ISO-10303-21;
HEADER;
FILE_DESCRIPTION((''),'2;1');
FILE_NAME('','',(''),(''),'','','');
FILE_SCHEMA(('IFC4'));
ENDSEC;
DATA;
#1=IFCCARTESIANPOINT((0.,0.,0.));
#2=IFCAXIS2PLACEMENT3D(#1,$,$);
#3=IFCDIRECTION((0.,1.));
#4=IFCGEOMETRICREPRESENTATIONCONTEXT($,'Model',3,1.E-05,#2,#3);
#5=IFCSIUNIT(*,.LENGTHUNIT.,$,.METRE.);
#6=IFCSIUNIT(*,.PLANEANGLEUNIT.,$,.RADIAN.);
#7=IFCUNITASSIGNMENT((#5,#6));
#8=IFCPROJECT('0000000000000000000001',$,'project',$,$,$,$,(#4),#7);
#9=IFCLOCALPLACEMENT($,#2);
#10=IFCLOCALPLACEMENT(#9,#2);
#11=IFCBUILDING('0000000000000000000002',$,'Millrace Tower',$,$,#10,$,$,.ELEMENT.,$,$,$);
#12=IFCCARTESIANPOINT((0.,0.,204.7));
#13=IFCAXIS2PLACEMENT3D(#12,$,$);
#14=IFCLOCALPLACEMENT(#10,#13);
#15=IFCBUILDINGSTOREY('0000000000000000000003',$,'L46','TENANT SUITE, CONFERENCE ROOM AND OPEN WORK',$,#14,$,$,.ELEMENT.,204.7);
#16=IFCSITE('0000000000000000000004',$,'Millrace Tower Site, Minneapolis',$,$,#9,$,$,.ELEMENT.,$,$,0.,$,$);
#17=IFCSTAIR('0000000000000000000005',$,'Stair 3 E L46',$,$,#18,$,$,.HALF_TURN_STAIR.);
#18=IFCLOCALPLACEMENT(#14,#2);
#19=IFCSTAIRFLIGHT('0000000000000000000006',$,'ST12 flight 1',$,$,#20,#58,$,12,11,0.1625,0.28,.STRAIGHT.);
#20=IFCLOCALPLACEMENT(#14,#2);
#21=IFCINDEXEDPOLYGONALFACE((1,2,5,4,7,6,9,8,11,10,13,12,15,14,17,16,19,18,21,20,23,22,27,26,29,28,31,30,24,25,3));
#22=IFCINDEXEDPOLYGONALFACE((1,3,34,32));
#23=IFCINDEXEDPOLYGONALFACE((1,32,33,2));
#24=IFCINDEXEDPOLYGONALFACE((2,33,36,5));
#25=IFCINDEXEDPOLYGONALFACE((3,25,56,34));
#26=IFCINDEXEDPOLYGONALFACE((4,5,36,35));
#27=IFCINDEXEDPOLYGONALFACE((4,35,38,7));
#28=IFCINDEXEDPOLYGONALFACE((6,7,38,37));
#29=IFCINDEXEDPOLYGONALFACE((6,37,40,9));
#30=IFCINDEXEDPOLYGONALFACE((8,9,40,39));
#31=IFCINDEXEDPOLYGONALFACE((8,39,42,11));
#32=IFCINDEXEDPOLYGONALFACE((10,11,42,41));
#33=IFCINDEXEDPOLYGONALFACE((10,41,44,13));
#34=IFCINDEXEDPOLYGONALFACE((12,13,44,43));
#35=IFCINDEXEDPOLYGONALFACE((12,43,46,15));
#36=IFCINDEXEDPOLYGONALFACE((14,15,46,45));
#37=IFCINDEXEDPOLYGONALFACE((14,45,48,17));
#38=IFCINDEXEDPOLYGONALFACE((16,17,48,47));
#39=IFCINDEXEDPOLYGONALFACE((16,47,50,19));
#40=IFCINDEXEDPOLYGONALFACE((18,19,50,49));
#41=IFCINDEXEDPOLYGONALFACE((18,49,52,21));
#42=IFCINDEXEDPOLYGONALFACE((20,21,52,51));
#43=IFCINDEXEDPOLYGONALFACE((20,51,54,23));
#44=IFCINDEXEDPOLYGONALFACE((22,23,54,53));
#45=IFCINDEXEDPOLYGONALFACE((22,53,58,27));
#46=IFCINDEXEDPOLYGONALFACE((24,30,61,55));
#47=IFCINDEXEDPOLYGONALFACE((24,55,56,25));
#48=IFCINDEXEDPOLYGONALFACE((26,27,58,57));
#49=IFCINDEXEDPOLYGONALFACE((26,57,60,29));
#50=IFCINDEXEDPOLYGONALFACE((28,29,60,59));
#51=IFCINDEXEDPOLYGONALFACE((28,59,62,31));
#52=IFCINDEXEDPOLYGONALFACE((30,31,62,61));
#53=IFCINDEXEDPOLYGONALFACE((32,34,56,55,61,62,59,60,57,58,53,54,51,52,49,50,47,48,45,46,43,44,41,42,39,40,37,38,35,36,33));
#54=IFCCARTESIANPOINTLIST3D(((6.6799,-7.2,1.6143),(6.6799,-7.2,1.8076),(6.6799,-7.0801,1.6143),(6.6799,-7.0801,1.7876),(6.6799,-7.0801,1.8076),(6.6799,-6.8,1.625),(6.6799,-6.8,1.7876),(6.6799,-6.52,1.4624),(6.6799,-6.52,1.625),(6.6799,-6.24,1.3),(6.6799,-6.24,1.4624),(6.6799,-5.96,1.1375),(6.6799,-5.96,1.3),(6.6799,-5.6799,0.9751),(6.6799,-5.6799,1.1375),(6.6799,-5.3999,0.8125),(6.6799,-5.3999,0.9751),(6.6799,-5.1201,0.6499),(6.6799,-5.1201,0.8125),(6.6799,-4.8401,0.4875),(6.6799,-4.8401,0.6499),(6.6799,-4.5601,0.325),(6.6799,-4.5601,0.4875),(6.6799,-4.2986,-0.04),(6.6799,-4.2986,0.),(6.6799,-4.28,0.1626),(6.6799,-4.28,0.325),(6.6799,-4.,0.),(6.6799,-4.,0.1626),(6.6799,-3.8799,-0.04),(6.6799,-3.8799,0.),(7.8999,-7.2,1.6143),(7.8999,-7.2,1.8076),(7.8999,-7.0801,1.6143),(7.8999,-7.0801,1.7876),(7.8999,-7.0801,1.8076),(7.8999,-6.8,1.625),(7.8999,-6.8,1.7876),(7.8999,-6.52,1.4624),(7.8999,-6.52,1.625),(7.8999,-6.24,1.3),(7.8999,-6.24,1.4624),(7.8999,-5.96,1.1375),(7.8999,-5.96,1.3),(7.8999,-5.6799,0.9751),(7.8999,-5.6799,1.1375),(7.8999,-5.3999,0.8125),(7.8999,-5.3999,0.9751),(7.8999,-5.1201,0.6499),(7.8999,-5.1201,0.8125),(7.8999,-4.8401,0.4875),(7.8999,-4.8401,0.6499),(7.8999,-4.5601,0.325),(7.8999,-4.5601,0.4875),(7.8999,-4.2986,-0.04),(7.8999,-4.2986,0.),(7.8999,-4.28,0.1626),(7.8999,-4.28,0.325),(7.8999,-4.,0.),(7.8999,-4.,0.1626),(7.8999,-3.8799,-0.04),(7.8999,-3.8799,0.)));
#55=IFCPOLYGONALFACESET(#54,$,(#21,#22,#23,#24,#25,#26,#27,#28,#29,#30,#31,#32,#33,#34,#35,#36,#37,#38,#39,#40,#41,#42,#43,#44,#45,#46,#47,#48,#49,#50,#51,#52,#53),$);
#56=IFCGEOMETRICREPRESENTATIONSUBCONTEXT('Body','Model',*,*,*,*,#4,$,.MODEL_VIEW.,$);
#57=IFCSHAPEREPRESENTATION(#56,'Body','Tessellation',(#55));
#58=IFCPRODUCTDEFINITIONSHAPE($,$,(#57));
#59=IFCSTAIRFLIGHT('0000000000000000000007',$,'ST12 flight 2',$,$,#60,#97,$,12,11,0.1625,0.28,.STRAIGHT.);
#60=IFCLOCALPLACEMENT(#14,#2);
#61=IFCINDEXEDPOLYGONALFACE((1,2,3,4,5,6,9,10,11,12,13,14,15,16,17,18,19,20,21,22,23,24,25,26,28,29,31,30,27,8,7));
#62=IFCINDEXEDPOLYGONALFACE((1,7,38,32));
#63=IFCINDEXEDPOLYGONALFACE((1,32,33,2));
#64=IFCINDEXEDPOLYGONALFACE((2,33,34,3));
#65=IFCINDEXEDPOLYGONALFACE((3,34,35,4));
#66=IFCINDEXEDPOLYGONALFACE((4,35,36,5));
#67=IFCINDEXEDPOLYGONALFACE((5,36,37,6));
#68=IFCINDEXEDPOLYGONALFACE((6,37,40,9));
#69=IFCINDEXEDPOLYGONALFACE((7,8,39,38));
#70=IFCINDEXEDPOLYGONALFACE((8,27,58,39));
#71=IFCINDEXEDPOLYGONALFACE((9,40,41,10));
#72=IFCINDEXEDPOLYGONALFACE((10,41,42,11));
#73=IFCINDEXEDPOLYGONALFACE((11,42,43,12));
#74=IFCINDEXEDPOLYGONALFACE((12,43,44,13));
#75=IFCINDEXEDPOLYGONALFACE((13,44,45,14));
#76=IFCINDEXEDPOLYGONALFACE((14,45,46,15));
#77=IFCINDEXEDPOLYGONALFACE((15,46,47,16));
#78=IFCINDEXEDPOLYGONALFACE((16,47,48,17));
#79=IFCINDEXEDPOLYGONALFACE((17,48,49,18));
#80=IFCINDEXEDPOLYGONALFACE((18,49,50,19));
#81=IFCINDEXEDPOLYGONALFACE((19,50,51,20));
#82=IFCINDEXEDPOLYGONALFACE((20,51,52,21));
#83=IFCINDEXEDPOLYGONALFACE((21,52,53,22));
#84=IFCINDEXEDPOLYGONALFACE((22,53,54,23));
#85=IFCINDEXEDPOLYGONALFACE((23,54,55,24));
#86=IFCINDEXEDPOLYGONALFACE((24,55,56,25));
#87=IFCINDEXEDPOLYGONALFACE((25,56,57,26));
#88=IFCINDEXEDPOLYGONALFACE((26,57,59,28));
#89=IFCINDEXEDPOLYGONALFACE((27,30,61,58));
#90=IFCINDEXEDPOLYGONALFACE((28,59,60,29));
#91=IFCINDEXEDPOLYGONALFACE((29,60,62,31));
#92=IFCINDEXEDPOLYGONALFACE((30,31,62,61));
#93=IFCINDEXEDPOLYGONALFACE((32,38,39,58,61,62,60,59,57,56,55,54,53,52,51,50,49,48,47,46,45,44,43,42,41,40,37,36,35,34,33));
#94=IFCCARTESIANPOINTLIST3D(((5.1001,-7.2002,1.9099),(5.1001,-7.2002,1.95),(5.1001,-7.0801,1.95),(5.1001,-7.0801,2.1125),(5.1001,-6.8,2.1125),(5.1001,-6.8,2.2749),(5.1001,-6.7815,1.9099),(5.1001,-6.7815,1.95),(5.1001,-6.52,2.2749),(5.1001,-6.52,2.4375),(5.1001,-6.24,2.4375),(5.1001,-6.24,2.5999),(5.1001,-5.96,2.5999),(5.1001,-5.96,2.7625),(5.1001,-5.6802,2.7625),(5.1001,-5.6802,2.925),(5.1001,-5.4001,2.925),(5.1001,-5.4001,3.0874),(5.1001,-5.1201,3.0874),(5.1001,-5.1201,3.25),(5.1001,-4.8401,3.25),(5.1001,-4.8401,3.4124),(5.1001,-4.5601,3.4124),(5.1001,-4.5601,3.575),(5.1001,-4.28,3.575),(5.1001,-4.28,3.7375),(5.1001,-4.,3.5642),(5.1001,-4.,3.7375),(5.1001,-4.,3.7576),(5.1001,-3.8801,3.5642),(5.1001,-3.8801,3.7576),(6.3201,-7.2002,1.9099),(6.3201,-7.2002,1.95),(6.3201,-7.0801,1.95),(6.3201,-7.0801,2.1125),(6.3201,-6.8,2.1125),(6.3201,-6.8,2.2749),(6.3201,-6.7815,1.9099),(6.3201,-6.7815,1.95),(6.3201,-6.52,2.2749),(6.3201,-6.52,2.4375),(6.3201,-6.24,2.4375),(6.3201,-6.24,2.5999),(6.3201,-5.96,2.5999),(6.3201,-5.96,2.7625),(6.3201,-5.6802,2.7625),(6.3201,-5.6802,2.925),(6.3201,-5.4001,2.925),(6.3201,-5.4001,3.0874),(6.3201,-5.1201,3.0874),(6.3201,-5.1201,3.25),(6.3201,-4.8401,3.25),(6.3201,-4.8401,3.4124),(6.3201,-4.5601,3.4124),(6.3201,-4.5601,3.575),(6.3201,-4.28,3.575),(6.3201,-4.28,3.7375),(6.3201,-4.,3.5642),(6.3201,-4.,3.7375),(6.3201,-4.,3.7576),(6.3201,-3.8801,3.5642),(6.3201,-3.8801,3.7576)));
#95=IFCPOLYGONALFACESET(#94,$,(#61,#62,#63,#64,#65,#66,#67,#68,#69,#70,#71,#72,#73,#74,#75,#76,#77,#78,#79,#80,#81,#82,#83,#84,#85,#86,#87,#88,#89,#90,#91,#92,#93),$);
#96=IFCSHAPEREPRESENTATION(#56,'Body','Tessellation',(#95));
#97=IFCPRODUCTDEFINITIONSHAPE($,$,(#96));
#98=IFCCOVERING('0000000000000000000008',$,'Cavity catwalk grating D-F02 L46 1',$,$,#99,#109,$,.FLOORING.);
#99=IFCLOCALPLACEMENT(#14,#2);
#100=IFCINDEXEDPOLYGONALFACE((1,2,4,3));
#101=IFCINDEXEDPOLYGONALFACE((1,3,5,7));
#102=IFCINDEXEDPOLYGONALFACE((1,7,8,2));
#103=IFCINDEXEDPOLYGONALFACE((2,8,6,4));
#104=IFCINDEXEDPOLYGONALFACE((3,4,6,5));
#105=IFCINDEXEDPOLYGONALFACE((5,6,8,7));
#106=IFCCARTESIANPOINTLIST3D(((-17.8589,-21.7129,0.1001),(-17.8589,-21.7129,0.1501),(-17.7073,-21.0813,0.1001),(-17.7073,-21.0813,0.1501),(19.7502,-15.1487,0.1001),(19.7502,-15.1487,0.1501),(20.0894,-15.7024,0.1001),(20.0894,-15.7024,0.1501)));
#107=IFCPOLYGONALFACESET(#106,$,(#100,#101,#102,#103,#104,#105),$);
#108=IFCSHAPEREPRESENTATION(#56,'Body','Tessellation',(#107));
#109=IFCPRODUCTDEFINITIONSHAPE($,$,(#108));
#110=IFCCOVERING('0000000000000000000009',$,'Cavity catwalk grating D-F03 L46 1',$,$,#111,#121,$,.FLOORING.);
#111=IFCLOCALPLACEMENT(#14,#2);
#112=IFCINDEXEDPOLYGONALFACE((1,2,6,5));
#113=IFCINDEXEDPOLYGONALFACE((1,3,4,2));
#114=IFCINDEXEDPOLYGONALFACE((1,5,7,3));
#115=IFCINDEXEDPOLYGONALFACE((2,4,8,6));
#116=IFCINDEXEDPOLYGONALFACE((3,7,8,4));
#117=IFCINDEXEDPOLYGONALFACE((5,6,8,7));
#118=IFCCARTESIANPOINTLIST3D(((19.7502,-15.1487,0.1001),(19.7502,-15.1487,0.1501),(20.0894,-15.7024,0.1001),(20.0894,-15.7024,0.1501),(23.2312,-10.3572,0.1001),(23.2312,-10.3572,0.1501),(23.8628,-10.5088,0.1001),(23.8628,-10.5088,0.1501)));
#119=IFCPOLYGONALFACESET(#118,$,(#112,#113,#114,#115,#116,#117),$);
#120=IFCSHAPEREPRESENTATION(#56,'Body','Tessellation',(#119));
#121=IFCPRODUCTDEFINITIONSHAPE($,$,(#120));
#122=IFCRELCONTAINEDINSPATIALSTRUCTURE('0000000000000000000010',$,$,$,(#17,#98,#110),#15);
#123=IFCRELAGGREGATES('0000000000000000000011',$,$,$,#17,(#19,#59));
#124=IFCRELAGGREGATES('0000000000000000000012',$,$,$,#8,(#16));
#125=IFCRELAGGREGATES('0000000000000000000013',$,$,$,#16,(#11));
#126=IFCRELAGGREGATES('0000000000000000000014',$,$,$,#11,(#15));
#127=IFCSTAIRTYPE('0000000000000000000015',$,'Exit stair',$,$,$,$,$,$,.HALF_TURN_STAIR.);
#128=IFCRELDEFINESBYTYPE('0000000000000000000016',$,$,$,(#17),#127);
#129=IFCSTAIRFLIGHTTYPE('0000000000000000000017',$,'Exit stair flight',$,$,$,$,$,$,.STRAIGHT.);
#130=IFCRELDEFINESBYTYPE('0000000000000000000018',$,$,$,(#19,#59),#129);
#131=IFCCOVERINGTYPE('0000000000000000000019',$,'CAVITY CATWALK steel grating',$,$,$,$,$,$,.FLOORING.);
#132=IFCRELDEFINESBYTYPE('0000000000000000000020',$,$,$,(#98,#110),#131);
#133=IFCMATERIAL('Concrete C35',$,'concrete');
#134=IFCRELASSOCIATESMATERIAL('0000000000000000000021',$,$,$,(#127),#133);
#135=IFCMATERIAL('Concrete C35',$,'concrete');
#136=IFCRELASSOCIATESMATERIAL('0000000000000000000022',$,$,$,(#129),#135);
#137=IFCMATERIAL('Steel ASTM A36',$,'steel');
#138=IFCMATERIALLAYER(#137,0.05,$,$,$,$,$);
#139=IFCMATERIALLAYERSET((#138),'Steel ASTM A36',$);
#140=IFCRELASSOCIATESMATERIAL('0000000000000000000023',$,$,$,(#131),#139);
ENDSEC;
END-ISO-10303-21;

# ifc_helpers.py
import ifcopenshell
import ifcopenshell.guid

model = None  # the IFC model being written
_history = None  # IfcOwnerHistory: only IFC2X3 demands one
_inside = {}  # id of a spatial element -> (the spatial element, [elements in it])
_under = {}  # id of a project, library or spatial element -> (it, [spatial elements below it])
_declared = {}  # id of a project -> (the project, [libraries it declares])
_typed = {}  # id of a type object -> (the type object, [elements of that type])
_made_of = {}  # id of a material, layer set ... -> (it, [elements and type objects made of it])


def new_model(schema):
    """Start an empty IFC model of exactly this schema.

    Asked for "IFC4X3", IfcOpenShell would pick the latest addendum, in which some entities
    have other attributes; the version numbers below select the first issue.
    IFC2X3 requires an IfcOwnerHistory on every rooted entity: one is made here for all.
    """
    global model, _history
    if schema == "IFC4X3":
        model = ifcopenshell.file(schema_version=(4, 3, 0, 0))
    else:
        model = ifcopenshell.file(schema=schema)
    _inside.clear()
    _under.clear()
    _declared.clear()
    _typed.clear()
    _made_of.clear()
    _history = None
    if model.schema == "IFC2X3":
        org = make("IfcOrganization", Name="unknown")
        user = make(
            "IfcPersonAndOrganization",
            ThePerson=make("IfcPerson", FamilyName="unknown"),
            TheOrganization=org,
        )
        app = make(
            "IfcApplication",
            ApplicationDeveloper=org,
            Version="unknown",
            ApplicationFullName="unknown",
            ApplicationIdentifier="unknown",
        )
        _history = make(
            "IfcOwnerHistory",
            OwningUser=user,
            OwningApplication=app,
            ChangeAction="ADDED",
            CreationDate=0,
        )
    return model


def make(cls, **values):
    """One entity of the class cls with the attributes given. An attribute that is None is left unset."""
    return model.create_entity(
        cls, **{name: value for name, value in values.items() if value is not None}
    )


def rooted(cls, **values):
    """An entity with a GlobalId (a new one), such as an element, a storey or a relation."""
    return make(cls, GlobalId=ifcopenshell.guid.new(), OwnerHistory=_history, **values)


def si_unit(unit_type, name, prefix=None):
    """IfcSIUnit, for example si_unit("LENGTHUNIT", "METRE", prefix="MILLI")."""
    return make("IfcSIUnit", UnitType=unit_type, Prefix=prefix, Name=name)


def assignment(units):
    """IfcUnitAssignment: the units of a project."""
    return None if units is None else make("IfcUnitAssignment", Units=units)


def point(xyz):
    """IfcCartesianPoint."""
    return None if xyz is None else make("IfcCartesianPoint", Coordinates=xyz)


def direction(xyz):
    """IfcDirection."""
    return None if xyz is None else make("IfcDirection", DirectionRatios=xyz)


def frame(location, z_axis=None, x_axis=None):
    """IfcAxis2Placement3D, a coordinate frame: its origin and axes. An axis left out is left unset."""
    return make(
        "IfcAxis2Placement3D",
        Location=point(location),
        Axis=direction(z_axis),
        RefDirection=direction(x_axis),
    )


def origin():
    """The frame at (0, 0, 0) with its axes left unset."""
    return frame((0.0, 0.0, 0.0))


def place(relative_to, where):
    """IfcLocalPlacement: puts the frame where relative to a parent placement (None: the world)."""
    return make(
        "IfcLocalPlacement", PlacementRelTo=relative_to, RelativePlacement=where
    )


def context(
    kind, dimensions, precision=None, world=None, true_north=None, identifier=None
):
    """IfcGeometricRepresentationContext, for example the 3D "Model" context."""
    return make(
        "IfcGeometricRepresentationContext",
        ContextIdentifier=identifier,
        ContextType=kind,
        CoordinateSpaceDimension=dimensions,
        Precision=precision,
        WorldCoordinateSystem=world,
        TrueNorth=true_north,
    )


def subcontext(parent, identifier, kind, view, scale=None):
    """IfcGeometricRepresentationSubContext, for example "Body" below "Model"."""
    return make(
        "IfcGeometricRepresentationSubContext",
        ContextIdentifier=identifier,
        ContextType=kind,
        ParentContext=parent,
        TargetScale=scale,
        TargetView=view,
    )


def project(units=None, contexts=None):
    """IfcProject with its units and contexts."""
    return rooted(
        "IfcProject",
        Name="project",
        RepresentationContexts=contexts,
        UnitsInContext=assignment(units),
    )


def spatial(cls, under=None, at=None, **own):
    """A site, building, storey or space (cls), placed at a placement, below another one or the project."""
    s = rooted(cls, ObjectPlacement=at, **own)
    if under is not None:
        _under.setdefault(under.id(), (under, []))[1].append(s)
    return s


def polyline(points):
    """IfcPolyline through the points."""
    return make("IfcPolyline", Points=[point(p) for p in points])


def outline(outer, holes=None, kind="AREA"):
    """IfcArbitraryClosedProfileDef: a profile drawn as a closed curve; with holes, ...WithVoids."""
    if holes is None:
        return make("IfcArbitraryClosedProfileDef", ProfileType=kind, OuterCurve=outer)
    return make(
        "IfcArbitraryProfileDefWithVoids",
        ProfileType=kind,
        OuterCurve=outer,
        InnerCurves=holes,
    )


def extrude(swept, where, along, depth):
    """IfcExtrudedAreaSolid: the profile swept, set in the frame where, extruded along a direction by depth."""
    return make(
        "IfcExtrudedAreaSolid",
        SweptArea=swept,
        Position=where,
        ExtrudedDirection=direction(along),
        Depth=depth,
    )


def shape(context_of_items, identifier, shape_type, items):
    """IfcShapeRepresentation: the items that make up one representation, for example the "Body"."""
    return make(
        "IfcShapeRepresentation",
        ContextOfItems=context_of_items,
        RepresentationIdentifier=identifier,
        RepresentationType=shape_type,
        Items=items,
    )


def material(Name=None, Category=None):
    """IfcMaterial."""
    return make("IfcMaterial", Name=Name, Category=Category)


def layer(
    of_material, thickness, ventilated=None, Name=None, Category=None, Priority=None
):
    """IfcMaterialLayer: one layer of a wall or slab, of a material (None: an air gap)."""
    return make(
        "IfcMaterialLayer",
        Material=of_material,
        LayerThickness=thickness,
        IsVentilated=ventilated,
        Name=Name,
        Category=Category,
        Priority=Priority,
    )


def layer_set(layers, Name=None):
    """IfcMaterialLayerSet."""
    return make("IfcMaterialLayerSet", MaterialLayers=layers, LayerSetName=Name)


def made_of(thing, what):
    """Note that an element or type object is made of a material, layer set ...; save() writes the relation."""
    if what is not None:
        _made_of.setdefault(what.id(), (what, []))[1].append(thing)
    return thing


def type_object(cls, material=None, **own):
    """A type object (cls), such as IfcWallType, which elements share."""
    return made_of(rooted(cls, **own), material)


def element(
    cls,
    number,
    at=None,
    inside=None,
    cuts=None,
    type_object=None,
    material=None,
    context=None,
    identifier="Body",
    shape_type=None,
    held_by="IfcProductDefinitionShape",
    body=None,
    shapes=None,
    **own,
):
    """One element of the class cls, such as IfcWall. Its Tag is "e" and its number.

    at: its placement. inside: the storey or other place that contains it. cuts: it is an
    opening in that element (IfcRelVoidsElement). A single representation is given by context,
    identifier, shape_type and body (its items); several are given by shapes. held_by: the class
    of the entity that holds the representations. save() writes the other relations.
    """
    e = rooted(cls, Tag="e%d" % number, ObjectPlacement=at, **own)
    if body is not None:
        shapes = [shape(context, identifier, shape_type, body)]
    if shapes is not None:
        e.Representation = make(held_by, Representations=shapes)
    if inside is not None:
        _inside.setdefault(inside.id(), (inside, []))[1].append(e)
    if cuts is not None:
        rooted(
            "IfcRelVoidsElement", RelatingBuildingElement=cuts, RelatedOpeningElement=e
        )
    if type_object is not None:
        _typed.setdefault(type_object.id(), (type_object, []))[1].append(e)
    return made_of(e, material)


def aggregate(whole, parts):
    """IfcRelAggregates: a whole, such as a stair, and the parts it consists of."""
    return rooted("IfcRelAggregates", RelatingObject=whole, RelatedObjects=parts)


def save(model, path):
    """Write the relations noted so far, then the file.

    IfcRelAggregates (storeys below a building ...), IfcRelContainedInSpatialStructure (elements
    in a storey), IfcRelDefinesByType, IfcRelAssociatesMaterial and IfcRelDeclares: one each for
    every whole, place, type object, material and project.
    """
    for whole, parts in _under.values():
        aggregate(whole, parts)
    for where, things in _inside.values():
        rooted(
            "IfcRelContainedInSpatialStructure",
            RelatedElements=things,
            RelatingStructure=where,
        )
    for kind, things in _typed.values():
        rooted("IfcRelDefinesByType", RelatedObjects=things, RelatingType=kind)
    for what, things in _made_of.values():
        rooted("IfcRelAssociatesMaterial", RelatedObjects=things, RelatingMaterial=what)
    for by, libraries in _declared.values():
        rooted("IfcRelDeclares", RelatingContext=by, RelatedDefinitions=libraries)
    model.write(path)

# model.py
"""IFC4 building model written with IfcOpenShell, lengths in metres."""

from ifc_helpers import new_model, si_unit, direction, frame, origin, place, context, subcontext, project, spatial, polyline, outline, extrude, material, layer, layer_set, type_object, element, aggregate, save


model = new_model("IFC4")

# Units and contexts
model_context = context("Model", 3, precision=1e-05, world=origin(), true_north=direction((0.0, 1.0)))
body_context = subcontext(model_context, "Body", "Model", "MODEL_VIEW")
ifc_project = project(units=[si_unit("LENGTHUNIT", "METRE"), si_unit("PLANEANGLEUNIT", "RADIAN")], contexts=[model_context])

# Site, building, storey
site_placement = place(None, origin())
site = spatial("IfcSite", under=ifc_project, at=site_placement, Name="Millrace Tower Site, Minneapolis", CompositionType="ELEMENT", RefElevation=0.0)
building_placement = place(site_placement, origin())
building = spatial("IfcBuilding", under=site, at=building_placement, Name="Millrace Tower", CompositionType="ELEMENT")
storey_placement = place(building_placement, frame((0.0, 0.0, 204.7)))
storey = spatial("IfcBuildingStorey", under=building, at=storey_placement, Name="L46", Description="TENANT SUITE, CONFERENCE ROOM AND OPEN WORK", CompositionType="ELEMENT", Elevation=204.7)

# Shared definitions
placement_1 = place(storey_placement, origin())

# Stair, stair flights
ifc_material_1 = material(Name="Concrete C35", Category="concrete")
stair_type = type_object("IfcStairType", Name="Exit stair", PredefinedType="HALF_TURN_STAIR", material=ifc_material_1)
stair = element("IfcStair", 1, at=placement_1, inside=storey, type_object=stair_type, Name="Stair 3 E L46", PredefinedType="HALF_TURN_STAIR")
ifc_material_2 = material(Name="Concrete C35", Category="concrete")
stair_flight_type = type_object("IfcStairFlightType", Name="Exit stair flight", PredefinedType="STRAIGHT", material=ifc_material_2)
stair_flight_1_placement = place(storey_placement, frame((7.29, -4.0, 0.0), z_axis=(0.0, 0.0, 1.0), x_axis=(0.0, -1.0, 0.0)))
stair_flight_1 = element("IfcStairFlight", 2, at=stair_flight_1_placement, type_object=stair_flight_type, Name="ST12 flight 1", NumberOfRisers=12, NumberOfTreads=11, PredefinedType="STRAIGHT", RiserHeight=0.1625, TreadLength=0.28, context=body_context, shape_type="SweptSolid", body=[
    extrude(outline(polyline([(-0.1201, -0.04), (-0.1201, 0.0), (0.0, 0.0), (0.0, 0.1626), (0.28, 0.1626), (0.28, 0.325), (0.5601, 0.325), (0.5601, 0.4875), (0.8401, 0.4875), (0.8401, 0.6499), (1.1201, 0.6499), (1.1201, 0.8125), (1.3999, 0.8125), (1.3999, 0.9751), (1.6799, 0.9751), (1.6799, 1.1375), (1.96, 1.1375), (1.96, 1.3), (2.24, 1.3), (2.24, 1.4624), (2.52, 1.4624), (2.52, 1.625), (2.8, 1.625), (2.8, 1.7876), (3.0801, 1.7876), (3.0801, 1.8076), (3.2, 1.8076), (3.2, 1.6143), (3.0801, 1.6143), (0.2986, 0.0), (0.2986, -0.04), (-0.1201, -0.04)])), frame((0.0, 0.6099, 0.0), z_axis=(0.0, -1.0, 0.0), x_axis=(1.0, 0.0, 0.0)), (0.0, 0.0, 1.0), 1.22),
])
stair_flight_2_placement = place(storey_placement, frame((5.71, -7.0801, 1.95), z_axis=(0.0, 0.0, 1.0), x_axis=(0.0, 1.0, 0.0)))
stair_flight_2 = element("IfcStairFlight", 3, at=stair_flight_2_placement, type_object=stair_flight_type, Name="ST12 flight 2", NumberOfRisers=12, NumberOfTreads=11, PredefinedType="STRAIGHT", RiserHeight=0.1625, TreadLength=0.28, context=body_context, shape_type="SweptSolid", body=[
    extrude(outline(polyline([(-0.1201, -0.04), (-0.1201, 0.0), (0.0, 0.0), (0.0, 0.1626), (0.28, 0.1626), (0.28, 0.325), (0.5601, 0.325), (0.5601, 0.4875), (0.8401, 0.4875), (0.8401, 0.6499), (1.1201, 0.6499), (1.1201, 0.8125), (1.3999, 0.8125), (1.3999, 0.9751), (1.6799, 0.9751), (1.6799, 1.1375), (1.96, 1.1375), (1.96, 1.3), (2.24, 1.3), (2.24, 1.4624), (2.52, 1.4624), (2.52, 1.625), (2.8, 1.625), (2.8, 1.7876), (3.0801, 1.7876), (3.0801, 1.8076), (3.2, 1.8076), (3.2, 1.6143), (3.0801, 1.6143), (0.2986, 0.0), (0.2986, -0.04), (-0.1201, -0.04)])), frame((0.0, 0.6099, 0.0), z_axis=(0.0, -1.0, 0.0), x_axis=(1.0, 0.0, 0.0)), (0.0, 0.0, 1.0), 1.22),
])
aggregate(stair, [stair_flight_1, stair_flight_2])

# Coverings
ifc_material_3 = material(Name="Steel ASTM A36", Category="steel")
ifc_layer_1 = layer(ifc_material_3, 0.05)
ifc_layer_set_1 = layer_set([ifc_layer_1], Name="Steel ASTM A36")
covering_type = type_object("IfcCoveringType", Name="CAVITY CATWALK steel grating", PredefinedType="FLOORING", material=ifc_layer_set_1)
placement_2 = place(storey_placement, frame((0.0, 0.0, 0.1001)))
element("IfcCovering", 4, at=placement_2, inside=storey, type_object=covering_type, Name="Cavity catwalk grating D-F02 L46 1", PredefinedType="FLOORING", context=body_context, shape_type="SweptSolid", body=[
    extrude(outline(polyline([(-17.8589, -21.7129), (20.0894, -15.7024), (19.7502, -15.1487), (-17.7073, -21.0813), (-17.8589, -21.7129)])), origin(), (0.0, 0.0, 1.0), 0.05),
])
element("IfcCovering", 5, at=placement_2, inside=storey, type_object=covering_type, Name="Cavity catwalk grating D-F03 L46 1", PredefinedType="FLOORING", context=body_context, shape_type="SweptSolid", body=[
    extrude(outline(polyline([(20.0894, -15.7024), (23.8628, -10.5088), (23.2312, -10.3572), (19.7502, -15.1487), (20.0894, -15.7024)])), origin(), (0.0, 0.0, 1.0), 0.05),
])

save(model, "model.ifc")
